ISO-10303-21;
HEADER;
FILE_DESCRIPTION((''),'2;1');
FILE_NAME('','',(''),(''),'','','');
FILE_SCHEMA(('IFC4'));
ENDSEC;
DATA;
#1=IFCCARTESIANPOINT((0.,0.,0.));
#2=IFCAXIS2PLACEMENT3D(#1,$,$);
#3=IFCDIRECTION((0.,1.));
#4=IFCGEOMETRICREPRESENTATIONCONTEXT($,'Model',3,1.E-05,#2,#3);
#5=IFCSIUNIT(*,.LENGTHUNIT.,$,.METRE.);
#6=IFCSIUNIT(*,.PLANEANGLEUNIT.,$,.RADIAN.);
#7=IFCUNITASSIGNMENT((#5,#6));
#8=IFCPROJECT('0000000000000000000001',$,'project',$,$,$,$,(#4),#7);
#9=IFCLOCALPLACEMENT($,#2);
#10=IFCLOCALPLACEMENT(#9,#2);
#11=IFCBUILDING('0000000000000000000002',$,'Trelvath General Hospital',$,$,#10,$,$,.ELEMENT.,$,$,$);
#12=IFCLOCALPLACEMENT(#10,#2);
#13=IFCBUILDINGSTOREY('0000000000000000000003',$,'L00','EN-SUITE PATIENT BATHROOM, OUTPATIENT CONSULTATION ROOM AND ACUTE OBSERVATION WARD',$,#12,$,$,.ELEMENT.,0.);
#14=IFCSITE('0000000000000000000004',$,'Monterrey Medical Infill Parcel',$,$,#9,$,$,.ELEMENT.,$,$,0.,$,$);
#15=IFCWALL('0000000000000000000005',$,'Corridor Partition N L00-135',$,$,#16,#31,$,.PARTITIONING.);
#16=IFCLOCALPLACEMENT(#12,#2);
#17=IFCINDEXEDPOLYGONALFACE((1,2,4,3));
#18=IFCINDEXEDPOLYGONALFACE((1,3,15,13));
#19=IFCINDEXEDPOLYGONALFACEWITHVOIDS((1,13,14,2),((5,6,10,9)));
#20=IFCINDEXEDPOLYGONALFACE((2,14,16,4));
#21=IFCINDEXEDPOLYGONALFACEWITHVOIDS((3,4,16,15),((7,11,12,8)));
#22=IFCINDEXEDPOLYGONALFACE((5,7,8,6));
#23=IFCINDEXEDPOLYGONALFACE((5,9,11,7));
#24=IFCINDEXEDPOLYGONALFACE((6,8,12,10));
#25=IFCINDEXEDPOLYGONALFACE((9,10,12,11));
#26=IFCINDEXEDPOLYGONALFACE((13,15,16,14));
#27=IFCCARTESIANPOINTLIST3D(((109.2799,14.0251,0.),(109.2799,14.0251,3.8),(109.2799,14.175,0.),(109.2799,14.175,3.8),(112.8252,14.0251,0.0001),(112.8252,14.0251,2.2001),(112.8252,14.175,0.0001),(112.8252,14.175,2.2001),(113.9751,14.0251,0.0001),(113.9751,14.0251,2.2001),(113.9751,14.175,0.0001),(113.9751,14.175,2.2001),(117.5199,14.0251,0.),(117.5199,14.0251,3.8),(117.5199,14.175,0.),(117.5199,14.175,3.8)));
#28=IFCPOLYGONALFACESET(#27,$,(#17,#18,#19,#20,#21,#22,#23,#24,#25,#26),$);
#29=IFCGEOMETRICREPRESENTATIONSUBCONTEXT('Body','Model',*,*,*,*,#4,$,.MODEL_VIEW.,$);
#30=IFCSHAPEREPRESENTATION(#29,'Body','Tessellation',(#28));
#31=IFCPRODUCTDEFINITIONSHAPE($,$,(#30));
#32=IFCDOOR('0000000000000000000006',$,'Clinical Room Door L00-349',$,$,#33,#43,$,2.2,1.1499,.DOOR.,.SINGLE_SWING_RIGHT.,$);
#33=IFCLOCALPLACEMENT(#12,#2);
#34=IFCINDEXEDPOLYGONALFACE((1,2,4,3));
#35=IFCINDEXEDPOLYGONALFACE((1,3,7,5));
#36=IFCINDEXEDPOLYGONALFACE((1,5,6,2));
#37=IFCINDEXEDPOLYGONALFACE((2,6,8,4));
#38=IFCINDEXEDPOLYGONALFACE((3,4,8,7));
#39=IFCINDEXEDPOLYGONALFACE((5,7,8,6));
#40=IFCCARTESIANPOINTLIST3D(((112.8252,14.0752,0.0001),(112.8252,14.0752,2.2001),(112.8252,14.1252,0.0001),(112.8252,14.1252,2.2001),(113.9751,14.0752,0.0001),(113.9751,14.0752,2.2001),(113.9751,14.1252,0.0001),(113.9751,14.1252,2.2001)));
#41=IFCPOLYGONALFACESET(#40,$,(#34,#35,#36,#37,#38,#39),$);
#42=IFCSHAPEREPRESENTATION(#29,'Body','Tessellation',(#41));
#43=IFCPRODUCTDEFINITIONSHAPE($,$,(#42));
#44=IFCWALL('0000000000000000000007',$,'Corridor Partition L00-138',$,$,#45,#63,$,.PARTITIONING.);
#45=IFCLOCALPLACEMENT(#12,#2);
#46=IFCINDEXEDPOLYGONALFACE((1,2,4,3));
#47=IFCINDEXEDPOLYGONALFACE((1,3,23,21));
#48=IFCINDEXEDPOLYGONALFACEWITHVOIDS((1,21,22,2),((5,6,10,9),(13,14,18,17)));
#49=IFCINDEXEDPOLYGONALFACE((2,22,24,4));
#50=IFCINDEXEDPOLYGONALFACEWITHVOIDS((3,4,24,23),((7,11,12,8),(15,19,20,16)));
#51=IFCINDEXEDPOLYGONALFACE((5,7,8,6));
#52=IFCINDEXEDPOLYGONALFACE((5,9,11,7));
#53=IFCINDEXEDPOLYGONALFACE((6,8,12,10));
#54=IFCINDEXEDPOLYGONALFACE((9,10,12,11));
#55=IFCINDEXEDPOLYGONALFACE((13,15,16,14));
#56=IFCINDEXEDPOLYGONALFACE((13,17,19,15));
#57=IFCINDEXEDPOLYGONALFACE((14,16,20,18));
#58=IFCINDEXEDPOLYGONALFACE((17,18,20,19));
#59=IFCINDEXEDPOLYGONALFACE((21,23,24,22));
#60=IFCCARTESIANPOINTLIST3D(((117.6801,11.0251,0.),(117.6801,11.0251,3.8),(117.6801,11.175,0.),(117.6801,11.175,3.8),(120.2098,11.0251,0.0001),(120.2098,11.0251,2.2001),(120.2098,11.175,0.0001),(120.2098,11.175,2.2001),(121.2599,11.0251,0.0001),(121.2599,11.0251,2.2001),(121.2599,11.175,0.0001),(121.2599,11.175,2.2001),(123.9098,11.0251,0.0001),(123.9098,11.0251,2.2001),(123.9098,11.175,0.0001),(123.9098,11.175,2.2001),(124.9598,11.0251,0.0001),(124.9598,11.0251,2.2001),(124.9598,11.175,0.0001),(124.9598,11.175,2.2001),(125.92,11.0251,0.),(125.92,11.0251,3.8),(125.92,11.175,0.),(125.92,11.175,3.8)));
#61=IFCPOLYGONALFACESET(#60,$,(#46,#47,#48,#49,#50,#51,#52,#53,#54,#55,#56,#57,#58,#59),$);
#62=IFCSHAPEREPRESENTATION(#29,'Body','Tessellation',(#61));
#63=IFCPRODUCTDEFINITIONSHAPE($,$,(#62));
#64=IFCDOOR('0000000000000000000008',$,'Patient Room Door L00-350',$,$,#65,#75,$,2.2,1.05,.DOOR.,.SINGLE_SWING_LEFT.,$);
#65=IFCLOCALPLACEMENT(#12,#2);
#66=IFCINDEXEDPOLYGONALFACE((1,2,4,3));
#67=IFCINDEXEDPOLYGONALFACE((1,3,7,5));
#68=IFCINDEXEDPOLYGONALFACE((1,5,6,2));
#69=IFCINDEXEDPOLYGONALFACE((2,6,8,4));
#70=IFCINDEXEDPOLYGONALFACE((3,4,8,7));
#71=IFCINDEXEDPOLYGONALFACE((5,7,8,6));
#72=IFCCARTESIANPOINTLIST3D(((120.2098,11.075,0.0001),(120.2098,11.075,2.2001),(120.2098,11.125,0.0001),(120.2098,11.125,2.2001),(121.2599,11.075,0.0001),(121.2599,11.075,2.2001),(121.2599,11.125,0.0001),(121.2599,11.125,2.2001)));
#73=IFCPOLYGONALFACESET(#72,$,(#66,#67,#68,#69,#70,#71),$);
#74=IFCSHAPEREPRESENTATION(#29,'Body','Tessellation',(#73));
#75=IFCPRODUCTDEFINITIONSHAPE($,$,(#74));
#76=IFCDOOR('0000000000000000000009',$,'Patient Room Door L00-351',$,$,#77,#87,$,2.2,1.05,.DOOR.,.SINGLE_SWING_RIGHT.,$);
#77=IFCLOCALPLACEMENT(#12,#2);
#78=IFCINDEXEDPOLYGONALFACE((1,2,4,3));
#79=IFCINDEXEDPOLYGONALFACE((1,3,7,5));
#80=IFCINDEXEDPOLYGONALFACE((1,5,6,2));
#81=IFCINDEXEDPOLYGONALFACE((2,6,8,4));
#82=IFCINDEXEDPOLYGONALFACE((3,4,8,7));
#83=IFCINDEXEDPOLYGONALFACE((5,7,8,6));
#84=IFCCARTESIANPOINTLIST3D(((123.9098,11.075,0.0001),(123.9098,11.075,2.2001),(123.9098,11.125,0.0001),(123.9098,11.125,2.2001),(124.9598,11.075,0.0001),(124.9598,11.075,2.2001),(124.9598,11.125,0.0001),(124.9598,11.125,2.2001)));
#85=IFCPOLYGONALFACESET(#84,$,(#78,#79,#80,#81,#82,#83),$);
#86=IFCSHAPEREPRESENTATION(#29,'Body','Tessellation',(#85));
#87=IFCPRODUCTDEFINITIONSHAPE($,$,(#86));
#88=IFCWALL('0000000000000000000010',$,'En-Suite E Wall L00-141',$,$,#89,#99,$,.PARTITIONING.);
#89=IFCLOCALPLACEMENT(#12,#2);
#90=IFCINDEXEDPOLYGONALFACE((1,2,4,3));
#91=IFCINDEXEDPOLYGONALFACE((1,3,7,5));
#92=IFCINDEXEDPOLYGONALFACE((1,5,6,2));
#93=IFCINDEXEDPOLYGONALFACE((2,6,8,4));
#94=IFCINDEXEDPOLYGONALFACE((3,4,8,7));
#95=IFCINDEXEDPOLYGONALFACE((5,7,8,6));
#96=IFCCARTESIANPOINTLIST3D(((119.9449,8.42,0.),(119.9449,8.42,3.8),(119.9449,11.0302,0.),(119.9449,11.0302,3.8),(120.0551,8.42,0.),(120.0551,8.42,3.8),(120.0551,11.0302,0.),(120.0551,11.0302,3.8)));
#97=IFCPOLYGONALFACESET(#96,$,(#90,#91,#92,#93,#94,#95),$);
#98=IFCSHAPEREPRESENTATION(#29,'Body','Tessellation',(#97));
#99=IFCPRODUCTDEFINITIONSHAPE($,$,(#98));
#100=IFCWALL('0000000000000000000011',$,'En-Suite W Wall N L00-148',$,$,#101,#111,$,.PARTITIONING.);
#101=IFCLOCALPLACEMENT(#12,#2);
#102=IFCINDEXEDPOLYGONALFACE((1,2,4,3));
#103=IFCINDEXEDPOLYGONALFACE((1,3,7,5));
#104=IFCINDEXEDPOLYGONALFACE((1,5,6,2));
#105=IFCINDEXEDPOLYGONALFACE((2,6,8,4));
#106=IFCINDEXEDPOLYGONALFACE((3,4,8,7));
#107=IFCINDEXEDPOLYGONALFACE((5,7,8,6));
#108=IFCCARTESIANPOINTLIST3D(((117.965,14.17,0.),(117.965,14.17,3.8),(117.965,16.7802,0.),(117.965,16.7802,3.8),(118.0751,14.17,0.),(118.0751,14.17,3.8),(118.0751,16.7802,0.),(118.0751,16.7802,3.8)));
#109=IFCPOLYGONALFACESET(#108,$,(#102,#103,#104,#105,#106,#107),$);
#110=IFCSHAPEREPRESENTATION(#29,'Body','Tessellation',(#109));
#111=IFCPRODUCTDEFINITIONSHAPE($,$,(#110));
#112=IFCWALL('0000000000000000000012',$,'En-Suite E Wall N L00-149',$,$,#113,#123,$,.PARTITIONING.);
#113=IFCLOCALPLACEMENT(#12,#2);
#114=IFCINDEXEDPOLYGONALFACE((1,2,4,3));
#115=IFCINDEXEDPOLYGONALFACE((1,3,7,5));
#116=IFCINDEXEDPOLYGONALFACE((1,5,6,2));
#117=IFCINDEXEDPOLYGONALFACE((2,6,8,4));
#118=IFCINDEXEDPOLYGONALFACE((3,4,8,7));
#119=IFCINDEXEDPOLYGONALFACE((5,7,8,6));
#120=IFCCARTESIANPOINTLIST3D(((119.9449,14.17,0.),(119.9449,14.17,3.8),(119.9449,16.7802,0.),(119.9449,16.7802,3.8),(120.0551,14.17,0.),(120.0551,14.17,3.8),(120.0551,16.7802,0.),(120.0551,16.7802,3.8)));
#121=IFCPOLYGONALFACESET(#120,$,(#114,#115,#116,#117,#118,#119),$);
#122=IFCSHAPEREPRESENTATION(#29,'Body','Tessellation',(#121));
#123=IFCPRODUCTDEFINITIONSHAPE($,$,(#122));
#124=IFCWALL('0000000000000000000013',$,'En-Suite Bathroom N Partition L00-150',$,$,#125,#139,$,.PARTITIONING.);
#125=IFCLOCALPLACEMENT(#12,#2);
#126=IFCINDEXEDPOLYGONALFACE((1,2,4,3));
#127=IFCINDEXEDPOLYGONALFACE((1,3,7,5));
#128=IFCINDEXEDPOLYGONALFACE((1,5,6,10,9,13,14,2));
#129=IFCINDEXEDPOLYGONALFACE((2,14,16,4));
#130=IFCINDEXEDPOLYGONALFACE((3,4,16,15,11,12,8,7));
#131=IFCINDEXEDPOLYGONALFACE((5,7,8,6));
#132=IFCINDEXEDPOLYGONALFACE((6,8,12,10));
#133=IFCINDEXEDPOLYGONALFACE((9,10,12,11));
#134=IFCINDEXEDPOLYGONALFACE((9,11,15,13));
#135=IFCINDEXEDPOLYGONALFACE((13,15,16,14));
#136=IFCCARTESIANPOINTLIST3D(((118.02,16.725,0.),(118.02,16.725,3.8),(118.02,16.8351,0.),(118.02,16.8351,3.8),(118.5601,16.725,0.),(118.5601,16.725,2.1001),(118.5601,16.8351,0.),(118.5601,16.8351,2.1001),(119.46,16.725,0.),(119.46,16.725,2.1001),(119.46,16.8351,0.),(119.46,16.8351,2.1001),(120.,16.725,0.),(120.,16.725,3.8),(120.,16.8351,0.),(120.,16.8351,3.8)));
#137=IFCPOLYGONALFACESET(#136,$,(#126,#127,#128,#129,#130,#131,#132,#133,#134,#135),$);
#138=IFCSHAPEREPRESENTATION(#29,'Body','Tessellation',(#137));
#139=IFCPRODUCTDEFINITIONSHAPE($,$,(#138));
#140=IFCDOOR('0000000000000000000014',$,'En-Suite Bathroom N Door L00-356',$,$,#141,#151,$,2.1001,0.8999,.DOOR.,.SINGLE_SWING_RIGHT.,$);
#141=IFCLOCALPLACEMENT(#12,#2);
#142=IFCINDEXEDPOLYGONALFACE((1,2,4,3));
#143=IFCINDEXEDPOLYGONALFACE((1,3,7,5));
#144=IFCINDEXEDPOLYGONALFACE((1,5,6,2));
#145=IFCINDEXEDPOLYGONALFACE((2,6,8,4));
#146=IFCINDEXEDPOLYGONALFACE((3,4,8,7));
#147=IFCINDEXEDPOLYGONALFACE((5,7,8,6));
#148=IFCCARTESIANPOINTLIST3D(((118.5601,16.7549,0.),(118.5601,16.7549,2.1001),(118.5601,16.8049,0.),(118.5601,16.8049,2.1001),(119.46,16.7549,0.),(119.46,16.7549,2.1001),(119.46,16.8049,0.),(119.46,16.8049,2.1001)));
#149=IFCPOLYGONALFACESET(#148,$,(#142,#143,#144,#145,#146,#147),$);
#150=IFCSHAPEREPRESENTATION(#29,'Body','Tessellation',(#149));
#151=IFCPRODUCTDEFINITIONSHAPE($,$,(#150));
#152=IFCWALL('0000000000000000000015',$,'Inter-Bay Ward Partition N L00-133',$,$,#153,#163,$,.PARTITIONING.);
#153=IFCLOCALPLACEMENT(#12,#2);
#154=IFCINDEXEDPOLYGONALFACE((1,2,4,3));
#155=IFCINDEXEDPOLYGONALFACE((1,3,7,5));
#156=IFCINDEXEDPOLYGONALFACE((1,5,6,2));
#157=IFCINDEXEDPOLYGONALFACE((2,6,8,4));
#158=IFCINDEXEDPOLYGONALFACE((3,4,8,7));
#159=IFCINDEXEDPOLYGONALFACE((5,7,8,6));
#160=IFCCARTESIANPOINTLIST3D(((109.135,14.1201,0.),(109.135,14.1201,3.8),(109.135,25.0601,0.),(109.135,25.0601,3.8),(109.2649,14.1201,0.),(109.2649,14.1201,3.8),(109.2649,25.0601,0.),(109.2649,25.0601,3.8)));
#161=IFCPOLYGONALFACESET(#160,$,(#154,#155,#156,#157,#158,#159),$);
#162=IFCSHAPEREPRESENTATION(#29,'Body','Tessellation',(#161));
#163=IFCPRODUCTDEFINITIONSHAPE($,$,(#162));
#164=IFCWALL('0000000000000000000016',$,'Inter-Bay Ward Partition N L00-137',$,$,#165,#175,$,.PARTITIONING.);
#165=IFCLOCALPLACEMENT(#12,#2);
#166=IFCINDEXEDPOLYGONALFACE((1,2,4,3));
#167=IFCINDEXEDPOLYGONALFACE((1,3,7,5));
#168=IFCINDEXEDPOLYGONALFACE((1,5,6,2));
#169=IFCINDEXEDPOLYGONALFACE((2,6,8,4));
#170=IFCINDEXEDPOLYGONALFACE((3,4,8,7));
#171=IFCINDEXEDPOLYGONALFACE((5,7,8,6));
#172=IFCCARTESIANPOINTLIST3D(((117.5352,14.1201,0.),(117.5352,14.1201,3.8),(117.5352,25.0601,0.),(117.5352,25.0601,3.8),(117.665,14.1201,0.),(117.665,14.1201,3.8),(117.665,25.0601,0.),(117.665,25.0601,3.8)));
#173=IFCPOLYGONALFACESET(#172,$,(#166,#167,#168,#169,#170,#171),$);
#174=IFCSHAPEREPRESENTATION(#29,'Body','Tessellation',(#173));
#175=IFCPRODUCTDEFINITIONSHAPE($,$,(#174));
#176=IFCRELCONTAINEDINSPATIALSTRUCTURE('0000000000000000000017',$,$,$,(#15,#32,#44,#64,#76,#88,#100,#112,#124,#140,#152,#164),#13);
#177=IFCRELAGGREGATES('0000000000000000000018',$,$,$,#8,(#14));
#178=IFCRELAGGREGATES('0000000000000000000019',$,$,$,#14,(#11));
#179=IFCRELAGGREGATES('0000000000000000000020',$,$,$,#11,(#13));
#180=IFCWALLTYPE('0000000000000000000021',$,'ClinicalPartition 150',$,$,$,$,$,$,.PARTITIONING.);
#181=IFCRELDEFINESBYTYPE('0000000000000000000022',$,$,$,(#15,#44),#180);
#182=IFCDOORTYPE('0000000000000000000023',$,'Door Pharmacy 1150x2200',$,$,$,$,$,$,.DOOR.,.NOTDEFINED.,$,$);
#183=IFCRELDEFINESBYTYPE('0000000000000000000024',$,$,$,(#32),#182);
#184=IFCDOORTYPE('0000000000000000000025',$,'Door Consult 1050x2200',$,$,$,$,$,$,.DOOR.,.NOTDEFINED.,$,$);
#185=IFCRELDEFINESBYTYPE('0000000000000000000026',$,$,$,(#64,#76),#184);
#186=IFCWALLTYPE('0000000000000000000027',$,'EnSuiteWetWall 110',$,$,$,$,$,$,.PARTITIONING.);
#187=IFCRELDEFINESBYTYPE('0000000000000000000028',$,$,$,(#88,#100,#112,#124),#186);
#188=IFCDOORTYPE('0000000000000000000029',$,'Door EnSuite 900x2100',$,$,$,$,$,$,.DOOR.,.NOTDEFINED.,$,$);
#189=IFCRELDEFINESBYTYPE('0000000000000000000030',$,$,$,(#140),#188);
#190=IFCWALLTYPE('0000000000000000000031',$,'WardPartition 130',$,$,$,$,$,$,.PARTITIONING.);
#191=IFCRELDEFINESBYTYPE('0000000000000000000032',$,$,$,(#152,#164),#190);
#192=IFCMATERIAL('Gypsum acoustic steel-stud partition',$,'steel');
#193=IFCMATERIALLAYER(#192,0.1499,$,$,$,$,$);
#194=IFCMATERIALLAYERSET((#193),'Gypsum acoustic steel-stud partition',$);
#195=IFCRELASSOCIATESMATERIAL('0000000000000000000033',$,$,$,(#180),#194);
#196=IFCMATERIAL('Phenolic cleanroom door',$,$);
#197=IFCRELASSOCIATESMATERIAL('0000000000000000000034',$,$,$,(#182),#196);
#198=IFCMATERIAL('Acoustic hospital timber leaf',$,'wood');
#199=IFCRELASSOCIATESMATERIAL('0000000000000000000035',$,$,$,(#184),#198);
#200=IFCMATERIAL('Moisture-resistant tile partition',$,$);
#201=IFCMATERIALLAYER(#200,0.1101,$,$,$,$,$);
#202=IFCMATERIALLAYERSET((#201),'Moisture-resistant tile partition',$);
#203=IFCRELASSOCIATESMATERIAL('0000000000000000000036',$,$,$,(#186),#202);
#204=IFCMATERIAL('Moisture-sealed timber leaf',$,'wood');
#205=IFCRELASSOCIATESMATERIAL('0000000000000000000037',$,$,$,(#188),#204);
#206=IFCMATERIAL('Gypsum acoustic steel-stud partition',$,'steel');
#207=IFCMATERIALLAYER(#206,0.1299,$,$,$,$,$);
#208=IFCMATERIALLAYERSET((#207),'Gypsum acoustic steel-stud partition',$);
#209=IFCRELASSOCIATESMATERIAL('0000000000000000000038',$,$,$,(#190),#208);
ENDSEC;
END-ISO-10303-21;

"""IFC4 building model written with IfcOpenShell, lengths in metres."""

from ifc_helpers import new_model, si_unit, direction, frame, frame_2d, origin, place, context, subcontext, project, spatial, rectangle, extrude, material, layer, layer_set, type_object, element, fill, save


model = new_model("IFC4")

# Units and contexts
model_context = context("Model", 3, precision=1e-05, world=origin(), true_north=direction((0.0, 1.0)))
body_context = subcontext(model_context, "Body", "Model", "MODEL_VIEW")
ifc_project = project(units=[si_unit("LENGTHUNIT", "METRE"), si_unit("PLANEANGLEUNIT", "RADIAN")], contexts=[model_context])

# Site, building, storey
site_placement = place(None, origin())
site = spatial("IfcSite", under=ifc_project, at=site_placement, Name="Monterrey Medical Infill Parcel", CompositionType="ELEMENT", RefElevation=0.0)
building_placement = place(site_placement, origin())
building = spatial("IfcBuilding", under=site, at=building_placement, Name="Trelvath General Hospital", CompositionType="ELEMENT")
storey_placement = place(building_placement, origin())
storey = spatial("IfcBuildingStorey", under=building, at=storey_placement, Name="L00", Description="EN-SUITE PATIENT BATHROOM, OUTPATIENT CONSULTATION ROOM AND ACUTE OBSERVATION WARD", CompositionType="ELEMENT", Elevation=0.0)

# Wall, opening, door
ifc_material_1 = material(Name="Gypsum acoustic steel-stud partition", Category="steel")
ifc_layer_1 = layer(ifc_material_1, 0.1499)
ifc_layer_set_1 = layer_set([ifc_layer_1], Name="Gypsum acoustic steel-stud partition")
wall_type_1 = type_object("IfcWallType", Name="ClinicalPartition 150", PredefinedType="PARTITIONING", material=ifc_layer_set_1)
wall_1_placement = place(storey_placement, frame((117.52, 14.1001, 0.0), z_axis=(0.0, 0.0, 1.0), x_axis=(-1.0, 0.0, 0.0)))
wall_1 = element("IfcWall", 1, at=wall_1_placement, inside=storey, type_object=wall_type_1, Name="Corridor Partition N L00-135", PredefinedType="PARTITIONING", context=body_context, shape_type="SweptSolid", body=[
    extrude(rectangle(XDim=8.24, YDim=0.1499, at=frame_2d((4.1201, 0.0))), origin(), (0.0, 0.0, 1.0), 3.8),
])
opening_1_placement = place(wall_1_placement, frame((3.5449, 0.0, 0.0)))
opening_1 = element("IfcOpeningElement", 2, at=opening_1_placement, cuts=wall_1, PredefinedType="OPENING", context=body_context, shape_type="SweptSolid", body=[
    extrude(rectangle(XDim=1.1499, YDim=2.2, at=frame_2d((0.575, 1.1001))), frame((0.0, 0.085, 0.0), z_axis=(0.0, -1.0, 0.0), x_axis=(1.0, 0.0, 0.0)), (0.0, 0.0, 1.0), 0.1699),
])
ifc_material_2 = material(Name="Phenolic cleanroom door")
door_type_1 = type_object("IfcDoorType", Name="Door Pharmacy 1150x2200", OperationType="NOTDEFINED", PredefinedType="DOOR", material=ifc_material_2)
door_1_placement = place(opening_1_placement, origin())
door_1 = element("IfcDoor", 3, at=door_1_placement, inside=storey, type_object=door_type_1, Name="Clinical Room Door L00-349", OperationType="SINGLE_SWING_RIGHT", OverallHeight=2.2, OverallWidth=1.1499, PredefinedType="DOOR", context=body_context, shape_type="SweptSolid", body=[
    extrude(rectangle(XDim=1.1499, YDim=2.2, at=frame_2d((0.575, 1.1001))), frame((0.0, 0.0249, 0.0), z_axis=(0.0, -1.0, 0.0), x_axis=(1.0, 0.0, 0.0)), (0.0, 0.0, 1.0), 0.05),
])
fill(opening_1, door_1)

# Wall, openings, doors
wall_2_placement = place(storey_placement, frame((117.6799, 11.1001, 0.0), z_axis=(0.0, 0.0, 1.0), x_axis=(1.0, 0.0, 0.0)))
wall_2 = element("IfcWall", 4, at=wall_2_placement, inside=storey, type_object=wall_type_1, Name="Corridor Partition L00-138", PredefinedType="PARTITIONING", context=body_context, shape_type="SweptSolid", body=[
    extrude(rectangle(XDim=8.24, YDim=0.1499, at=frame_2d((4.1201, 0.0))), origin(), (0.0, 0.0, 1.0), 3.8),
])
opening_2_placement = place(wall_2_placement, frame((2.53, 0.0, 0.0)))
opening_2 = element("IfcOpeningElement", 5, at=opening_2_placement, cuts=wall_2, PredefinedType="OPENING", context=body_context, shape_type="SweptSolid", body=[
    extrude(rectangle(XDim=1.05, YDim=2.2, at=frame_2d((0.5249, 1.1001))), frame((0.0, 0.085, 0.0), z_axis=(0.0, -1.0, 0.0), x_axis=(1.0, 0.0, 0.0)), (0.0, 0.0, 1.0), 0.1699),
])
opening_3_placement = place(wall_2_placement, frame((6.23, 0.0, 0.0)))
opening_3 = element("IfcOpeningElement", 6, at=opening_3_placement, cuts=wall_2, PredefinedType="OPENING", context=body_context, shape_type="SweptSolid", body=[
    extrude(rectangle(XDim=1.05, YDim=2.2, at=frame_2d((0.5249, 1.1001))), frame((0.0, 0.085, 0.0), z_axis=(0.0, -1.0, 0.0), x_axis=(1.0, 0.0, 0.0)), (0.0, 0.0, 1.0), 0.1699),
])
ifc_material_3 = material(Name="Acoustic hospital timber leaf", Category="wood")
door_type_2 = type_object("IfcDoorType", Name="Door Consult 1050x2200", OperationType="NOTDEFINED", PredefinedType="DOOR", material=ifc_material_3)
door_2_placement = place(opening_2_placement, origin())
door_2 = element("IfcDoor", 7, at=door_2_placement, inside=storey, type_object=door_type_2, Name="Patient Room Door L00-350", OperationType="SINGLE_SWING_LEFT", OverallHeight=2.2, OverallWidth=1.05, PredefinedType="DOOR", context=body_context, shape_type="SweptSolid", body=[
    extrude(rectangle(XDim=1.05, YDim=2.2, at=frame_2d((0.5249, 1.1001))), frame((0.0, 0.0249, 0.0), z_axis=(0.0, -1.0, 0.0), x_axis=(1.0, 0.0, 0.0)), (0.0, 0.0, 1.0), 0.05),
])
fill(opening_2, door_2)
door_3_placement = place(opening_3_placement, origin())
door_3 = element("IfcDoor", 8, at=door_3_placement, inside=storey, type_object=door_type_2, Name="Patient Room Door L00-351", OperationType="SINGLE_SWING_RIGHT", OverallHeight=2.2, OverallWidth=1.05, PredefinedType="DOOR", context=body_context, shape_type="SweptSolid", body=[
    extrude(rectangle(XDim=1.05, YDim=2.2, at=frame_2d((0.5249, 1.1001))), frame((0.0, 0.0249, 0.0), z_axis=(0.0, -1.0, 0.0), x_axis=(1.0, 0.0, 0.0)), (0.0, 0.0, 1.0), 0.05),
])
fill(opening_3, door_3)

# Walls
ifc_material_4 = material(Name="Moisture-resistant tile partition")
ifc_layer_2 = layer(ifc_material_4, 0.1101)
ifc_layer_set_2 = layer_set([ifc_layer_2], Name="Moisture-resistant tile partition")
wall_type_2 = type_object("IfcWallType", Name="EnSuiteWetWall 110", PredefinedType="PARTITIONING", material=ifc_layer_set_2)
for number, where, z_axis, x_axis, name in (
    (9, (120.0, 8.4199, 0.0), (0.0, 0.0, 1.0), (0.0, 1.0, 0.0), "En-Suite E Wall L00-141"),
    (10, (118.02, 14.1699, 0.0), (0.0, 0.0, 1.0), (0.0, 1.0, 0.0), "En-Suite W Wall N L00-148"),
    (11, (120.0, 14.1699, 0.0), (0.0, 0.0, 1.0), (0.0, 1.0, 0.0), "En-Suite E Wall N L00-149"),
):
    element("IfcWall", number, at=place(storey_placement, frame(where, z_axis=z_axis, x_axis=x_axis)), inside=storey, type_object=wall_type_2, Name=name, PredefinedType="PARTITIONING", context=body_context, shape_type="SweptSolid", body=[
        extrude(rectangle(XDim=2.6101, YDim=0.1101, at=frame_2d((1.3052, 0.0))), origin(), (0.0, 0.0, 1.0), 3.8),
    ])

# Wall, opening, door
wall_3_placement = place(storey_placement, frame((118.02, 16.78, 0.0), z_axis=(0.0, 0.0, 1.0), x_axis=(1.0, 0.0, 0.0)))
wall_3 = element("IfcWall", 12, at=wall_3_placement, inside=storey, type_object=wall_type_2, Name="En-Suite Bathroom N Partition L00-150", PredefinedType="PARTITIONING", context=body_context, shape_type="SweptSolid", body=[
    extrude(rectangle(XDim=1.98, YDim=0.1101, at=frame_2d((0.99, 0.0))), origin(), (0.0, 0.0, 1.0), 3.8),
])
opening_4_placement = place(wall_3_placement, frame((0.54, 0.0, 0.0)))
opening_4 = element("IfcOpeningElement", 13, at=opening_4_placement, cuts=wall_3, PredefinedType="OPENING", context=body_context, shape_type="SweptSolid", body=[
    extrude(rectangle(XDim=0.8999, YDim=2.1001, at=frame_2d((0.45, 1.05))), frame((0.0, 0.0649, 0.0), z_axis=(0.0, -1.0, 0.0), x_axis=(1.0, 0.0, 0.0)), (0.0, 0.0, 1.0), 0.1301),
])
ifc_material_5 = material(Name="Moisture-sealed timber leaf", Category="wood")
door_type_3 = type_object("IfcDoorType", Name="Door EnSuite 900x2100", OperationType="NOTDEFINED", PredefinedType="DOOR", material=ifc_material_5)
door_4_placement = place(opening_4_placement, origin())
door_4 = element("IfcDoor", 14, at=door_4_placement, inside=storey, type_object=door_type_3, Name="En-Suite Bathroom N Door L00-356", OperationType="SINGLE_SWING_RIGHT", OverallHeight=2.1001, OverallWidth=0.8999, PredefinedType="DOOR", context=body_context, shape_type="SweptSolid", body=[
    extrude(rectangle(XDim=0.8999, YDim=2.1001, at=frame_2d((0.45, 1.05))), frame((0.0, 0.0249, 0.0), z_axis=(0.0, -1.0, 0.0), x_axis=(1.0, 0.0, 0.0)), (0.0, 0.0, 1.0), 0.05),
])
fill(opening_4, door_4)

# Walls
ifc_material_6 = material(Name="Gypsum acoustic steel-stud partition", Category="steel")
ifc_layer_3 = layer(ifc_material_6, 0.1299)
ifc_layer_set_3 = layer_set([ifc_layer_3], Name="Gypsum acoustic steel-stud partition")
wall_type_3 = type_object("IfcWallType", Name="WardPartition 130", PredefinedType="PARTITIONING", material=ifc_layer_set_3)
for number, where, z_axis, x_axis, name in (
    (15, (109.2, 14.1201, 0.0), (0.0, 0.0, 1.0), (0.0, 1.0, 0.0), "Inter-Bay Ward Partition N L00-133"),
    (16, (117.6001, 14.1201, 0.0), (0.0, 0.0, 1.0), (0.0, 1.0, 0.0), "Inter-Bay Ward Partition N L00-137"),
):
    element("IfcWall", number, at=place(storey_placement, frame(where, z_axis=z_axis, x_axis=x_axis)), inside=storey, type_object=wall_type_3, Name=name, PredefinedType="PARTITIONING", context=body_context, shape_type="SweptSolid", body=[
        extrude(rectangle(XDim=10.9399, YDim=0.1299, at=frame_2d((5.47, 0.0))), origin(), (0.0, 0.0, 1.0), 3.8),
    ])

save(model, "model.ifc")
